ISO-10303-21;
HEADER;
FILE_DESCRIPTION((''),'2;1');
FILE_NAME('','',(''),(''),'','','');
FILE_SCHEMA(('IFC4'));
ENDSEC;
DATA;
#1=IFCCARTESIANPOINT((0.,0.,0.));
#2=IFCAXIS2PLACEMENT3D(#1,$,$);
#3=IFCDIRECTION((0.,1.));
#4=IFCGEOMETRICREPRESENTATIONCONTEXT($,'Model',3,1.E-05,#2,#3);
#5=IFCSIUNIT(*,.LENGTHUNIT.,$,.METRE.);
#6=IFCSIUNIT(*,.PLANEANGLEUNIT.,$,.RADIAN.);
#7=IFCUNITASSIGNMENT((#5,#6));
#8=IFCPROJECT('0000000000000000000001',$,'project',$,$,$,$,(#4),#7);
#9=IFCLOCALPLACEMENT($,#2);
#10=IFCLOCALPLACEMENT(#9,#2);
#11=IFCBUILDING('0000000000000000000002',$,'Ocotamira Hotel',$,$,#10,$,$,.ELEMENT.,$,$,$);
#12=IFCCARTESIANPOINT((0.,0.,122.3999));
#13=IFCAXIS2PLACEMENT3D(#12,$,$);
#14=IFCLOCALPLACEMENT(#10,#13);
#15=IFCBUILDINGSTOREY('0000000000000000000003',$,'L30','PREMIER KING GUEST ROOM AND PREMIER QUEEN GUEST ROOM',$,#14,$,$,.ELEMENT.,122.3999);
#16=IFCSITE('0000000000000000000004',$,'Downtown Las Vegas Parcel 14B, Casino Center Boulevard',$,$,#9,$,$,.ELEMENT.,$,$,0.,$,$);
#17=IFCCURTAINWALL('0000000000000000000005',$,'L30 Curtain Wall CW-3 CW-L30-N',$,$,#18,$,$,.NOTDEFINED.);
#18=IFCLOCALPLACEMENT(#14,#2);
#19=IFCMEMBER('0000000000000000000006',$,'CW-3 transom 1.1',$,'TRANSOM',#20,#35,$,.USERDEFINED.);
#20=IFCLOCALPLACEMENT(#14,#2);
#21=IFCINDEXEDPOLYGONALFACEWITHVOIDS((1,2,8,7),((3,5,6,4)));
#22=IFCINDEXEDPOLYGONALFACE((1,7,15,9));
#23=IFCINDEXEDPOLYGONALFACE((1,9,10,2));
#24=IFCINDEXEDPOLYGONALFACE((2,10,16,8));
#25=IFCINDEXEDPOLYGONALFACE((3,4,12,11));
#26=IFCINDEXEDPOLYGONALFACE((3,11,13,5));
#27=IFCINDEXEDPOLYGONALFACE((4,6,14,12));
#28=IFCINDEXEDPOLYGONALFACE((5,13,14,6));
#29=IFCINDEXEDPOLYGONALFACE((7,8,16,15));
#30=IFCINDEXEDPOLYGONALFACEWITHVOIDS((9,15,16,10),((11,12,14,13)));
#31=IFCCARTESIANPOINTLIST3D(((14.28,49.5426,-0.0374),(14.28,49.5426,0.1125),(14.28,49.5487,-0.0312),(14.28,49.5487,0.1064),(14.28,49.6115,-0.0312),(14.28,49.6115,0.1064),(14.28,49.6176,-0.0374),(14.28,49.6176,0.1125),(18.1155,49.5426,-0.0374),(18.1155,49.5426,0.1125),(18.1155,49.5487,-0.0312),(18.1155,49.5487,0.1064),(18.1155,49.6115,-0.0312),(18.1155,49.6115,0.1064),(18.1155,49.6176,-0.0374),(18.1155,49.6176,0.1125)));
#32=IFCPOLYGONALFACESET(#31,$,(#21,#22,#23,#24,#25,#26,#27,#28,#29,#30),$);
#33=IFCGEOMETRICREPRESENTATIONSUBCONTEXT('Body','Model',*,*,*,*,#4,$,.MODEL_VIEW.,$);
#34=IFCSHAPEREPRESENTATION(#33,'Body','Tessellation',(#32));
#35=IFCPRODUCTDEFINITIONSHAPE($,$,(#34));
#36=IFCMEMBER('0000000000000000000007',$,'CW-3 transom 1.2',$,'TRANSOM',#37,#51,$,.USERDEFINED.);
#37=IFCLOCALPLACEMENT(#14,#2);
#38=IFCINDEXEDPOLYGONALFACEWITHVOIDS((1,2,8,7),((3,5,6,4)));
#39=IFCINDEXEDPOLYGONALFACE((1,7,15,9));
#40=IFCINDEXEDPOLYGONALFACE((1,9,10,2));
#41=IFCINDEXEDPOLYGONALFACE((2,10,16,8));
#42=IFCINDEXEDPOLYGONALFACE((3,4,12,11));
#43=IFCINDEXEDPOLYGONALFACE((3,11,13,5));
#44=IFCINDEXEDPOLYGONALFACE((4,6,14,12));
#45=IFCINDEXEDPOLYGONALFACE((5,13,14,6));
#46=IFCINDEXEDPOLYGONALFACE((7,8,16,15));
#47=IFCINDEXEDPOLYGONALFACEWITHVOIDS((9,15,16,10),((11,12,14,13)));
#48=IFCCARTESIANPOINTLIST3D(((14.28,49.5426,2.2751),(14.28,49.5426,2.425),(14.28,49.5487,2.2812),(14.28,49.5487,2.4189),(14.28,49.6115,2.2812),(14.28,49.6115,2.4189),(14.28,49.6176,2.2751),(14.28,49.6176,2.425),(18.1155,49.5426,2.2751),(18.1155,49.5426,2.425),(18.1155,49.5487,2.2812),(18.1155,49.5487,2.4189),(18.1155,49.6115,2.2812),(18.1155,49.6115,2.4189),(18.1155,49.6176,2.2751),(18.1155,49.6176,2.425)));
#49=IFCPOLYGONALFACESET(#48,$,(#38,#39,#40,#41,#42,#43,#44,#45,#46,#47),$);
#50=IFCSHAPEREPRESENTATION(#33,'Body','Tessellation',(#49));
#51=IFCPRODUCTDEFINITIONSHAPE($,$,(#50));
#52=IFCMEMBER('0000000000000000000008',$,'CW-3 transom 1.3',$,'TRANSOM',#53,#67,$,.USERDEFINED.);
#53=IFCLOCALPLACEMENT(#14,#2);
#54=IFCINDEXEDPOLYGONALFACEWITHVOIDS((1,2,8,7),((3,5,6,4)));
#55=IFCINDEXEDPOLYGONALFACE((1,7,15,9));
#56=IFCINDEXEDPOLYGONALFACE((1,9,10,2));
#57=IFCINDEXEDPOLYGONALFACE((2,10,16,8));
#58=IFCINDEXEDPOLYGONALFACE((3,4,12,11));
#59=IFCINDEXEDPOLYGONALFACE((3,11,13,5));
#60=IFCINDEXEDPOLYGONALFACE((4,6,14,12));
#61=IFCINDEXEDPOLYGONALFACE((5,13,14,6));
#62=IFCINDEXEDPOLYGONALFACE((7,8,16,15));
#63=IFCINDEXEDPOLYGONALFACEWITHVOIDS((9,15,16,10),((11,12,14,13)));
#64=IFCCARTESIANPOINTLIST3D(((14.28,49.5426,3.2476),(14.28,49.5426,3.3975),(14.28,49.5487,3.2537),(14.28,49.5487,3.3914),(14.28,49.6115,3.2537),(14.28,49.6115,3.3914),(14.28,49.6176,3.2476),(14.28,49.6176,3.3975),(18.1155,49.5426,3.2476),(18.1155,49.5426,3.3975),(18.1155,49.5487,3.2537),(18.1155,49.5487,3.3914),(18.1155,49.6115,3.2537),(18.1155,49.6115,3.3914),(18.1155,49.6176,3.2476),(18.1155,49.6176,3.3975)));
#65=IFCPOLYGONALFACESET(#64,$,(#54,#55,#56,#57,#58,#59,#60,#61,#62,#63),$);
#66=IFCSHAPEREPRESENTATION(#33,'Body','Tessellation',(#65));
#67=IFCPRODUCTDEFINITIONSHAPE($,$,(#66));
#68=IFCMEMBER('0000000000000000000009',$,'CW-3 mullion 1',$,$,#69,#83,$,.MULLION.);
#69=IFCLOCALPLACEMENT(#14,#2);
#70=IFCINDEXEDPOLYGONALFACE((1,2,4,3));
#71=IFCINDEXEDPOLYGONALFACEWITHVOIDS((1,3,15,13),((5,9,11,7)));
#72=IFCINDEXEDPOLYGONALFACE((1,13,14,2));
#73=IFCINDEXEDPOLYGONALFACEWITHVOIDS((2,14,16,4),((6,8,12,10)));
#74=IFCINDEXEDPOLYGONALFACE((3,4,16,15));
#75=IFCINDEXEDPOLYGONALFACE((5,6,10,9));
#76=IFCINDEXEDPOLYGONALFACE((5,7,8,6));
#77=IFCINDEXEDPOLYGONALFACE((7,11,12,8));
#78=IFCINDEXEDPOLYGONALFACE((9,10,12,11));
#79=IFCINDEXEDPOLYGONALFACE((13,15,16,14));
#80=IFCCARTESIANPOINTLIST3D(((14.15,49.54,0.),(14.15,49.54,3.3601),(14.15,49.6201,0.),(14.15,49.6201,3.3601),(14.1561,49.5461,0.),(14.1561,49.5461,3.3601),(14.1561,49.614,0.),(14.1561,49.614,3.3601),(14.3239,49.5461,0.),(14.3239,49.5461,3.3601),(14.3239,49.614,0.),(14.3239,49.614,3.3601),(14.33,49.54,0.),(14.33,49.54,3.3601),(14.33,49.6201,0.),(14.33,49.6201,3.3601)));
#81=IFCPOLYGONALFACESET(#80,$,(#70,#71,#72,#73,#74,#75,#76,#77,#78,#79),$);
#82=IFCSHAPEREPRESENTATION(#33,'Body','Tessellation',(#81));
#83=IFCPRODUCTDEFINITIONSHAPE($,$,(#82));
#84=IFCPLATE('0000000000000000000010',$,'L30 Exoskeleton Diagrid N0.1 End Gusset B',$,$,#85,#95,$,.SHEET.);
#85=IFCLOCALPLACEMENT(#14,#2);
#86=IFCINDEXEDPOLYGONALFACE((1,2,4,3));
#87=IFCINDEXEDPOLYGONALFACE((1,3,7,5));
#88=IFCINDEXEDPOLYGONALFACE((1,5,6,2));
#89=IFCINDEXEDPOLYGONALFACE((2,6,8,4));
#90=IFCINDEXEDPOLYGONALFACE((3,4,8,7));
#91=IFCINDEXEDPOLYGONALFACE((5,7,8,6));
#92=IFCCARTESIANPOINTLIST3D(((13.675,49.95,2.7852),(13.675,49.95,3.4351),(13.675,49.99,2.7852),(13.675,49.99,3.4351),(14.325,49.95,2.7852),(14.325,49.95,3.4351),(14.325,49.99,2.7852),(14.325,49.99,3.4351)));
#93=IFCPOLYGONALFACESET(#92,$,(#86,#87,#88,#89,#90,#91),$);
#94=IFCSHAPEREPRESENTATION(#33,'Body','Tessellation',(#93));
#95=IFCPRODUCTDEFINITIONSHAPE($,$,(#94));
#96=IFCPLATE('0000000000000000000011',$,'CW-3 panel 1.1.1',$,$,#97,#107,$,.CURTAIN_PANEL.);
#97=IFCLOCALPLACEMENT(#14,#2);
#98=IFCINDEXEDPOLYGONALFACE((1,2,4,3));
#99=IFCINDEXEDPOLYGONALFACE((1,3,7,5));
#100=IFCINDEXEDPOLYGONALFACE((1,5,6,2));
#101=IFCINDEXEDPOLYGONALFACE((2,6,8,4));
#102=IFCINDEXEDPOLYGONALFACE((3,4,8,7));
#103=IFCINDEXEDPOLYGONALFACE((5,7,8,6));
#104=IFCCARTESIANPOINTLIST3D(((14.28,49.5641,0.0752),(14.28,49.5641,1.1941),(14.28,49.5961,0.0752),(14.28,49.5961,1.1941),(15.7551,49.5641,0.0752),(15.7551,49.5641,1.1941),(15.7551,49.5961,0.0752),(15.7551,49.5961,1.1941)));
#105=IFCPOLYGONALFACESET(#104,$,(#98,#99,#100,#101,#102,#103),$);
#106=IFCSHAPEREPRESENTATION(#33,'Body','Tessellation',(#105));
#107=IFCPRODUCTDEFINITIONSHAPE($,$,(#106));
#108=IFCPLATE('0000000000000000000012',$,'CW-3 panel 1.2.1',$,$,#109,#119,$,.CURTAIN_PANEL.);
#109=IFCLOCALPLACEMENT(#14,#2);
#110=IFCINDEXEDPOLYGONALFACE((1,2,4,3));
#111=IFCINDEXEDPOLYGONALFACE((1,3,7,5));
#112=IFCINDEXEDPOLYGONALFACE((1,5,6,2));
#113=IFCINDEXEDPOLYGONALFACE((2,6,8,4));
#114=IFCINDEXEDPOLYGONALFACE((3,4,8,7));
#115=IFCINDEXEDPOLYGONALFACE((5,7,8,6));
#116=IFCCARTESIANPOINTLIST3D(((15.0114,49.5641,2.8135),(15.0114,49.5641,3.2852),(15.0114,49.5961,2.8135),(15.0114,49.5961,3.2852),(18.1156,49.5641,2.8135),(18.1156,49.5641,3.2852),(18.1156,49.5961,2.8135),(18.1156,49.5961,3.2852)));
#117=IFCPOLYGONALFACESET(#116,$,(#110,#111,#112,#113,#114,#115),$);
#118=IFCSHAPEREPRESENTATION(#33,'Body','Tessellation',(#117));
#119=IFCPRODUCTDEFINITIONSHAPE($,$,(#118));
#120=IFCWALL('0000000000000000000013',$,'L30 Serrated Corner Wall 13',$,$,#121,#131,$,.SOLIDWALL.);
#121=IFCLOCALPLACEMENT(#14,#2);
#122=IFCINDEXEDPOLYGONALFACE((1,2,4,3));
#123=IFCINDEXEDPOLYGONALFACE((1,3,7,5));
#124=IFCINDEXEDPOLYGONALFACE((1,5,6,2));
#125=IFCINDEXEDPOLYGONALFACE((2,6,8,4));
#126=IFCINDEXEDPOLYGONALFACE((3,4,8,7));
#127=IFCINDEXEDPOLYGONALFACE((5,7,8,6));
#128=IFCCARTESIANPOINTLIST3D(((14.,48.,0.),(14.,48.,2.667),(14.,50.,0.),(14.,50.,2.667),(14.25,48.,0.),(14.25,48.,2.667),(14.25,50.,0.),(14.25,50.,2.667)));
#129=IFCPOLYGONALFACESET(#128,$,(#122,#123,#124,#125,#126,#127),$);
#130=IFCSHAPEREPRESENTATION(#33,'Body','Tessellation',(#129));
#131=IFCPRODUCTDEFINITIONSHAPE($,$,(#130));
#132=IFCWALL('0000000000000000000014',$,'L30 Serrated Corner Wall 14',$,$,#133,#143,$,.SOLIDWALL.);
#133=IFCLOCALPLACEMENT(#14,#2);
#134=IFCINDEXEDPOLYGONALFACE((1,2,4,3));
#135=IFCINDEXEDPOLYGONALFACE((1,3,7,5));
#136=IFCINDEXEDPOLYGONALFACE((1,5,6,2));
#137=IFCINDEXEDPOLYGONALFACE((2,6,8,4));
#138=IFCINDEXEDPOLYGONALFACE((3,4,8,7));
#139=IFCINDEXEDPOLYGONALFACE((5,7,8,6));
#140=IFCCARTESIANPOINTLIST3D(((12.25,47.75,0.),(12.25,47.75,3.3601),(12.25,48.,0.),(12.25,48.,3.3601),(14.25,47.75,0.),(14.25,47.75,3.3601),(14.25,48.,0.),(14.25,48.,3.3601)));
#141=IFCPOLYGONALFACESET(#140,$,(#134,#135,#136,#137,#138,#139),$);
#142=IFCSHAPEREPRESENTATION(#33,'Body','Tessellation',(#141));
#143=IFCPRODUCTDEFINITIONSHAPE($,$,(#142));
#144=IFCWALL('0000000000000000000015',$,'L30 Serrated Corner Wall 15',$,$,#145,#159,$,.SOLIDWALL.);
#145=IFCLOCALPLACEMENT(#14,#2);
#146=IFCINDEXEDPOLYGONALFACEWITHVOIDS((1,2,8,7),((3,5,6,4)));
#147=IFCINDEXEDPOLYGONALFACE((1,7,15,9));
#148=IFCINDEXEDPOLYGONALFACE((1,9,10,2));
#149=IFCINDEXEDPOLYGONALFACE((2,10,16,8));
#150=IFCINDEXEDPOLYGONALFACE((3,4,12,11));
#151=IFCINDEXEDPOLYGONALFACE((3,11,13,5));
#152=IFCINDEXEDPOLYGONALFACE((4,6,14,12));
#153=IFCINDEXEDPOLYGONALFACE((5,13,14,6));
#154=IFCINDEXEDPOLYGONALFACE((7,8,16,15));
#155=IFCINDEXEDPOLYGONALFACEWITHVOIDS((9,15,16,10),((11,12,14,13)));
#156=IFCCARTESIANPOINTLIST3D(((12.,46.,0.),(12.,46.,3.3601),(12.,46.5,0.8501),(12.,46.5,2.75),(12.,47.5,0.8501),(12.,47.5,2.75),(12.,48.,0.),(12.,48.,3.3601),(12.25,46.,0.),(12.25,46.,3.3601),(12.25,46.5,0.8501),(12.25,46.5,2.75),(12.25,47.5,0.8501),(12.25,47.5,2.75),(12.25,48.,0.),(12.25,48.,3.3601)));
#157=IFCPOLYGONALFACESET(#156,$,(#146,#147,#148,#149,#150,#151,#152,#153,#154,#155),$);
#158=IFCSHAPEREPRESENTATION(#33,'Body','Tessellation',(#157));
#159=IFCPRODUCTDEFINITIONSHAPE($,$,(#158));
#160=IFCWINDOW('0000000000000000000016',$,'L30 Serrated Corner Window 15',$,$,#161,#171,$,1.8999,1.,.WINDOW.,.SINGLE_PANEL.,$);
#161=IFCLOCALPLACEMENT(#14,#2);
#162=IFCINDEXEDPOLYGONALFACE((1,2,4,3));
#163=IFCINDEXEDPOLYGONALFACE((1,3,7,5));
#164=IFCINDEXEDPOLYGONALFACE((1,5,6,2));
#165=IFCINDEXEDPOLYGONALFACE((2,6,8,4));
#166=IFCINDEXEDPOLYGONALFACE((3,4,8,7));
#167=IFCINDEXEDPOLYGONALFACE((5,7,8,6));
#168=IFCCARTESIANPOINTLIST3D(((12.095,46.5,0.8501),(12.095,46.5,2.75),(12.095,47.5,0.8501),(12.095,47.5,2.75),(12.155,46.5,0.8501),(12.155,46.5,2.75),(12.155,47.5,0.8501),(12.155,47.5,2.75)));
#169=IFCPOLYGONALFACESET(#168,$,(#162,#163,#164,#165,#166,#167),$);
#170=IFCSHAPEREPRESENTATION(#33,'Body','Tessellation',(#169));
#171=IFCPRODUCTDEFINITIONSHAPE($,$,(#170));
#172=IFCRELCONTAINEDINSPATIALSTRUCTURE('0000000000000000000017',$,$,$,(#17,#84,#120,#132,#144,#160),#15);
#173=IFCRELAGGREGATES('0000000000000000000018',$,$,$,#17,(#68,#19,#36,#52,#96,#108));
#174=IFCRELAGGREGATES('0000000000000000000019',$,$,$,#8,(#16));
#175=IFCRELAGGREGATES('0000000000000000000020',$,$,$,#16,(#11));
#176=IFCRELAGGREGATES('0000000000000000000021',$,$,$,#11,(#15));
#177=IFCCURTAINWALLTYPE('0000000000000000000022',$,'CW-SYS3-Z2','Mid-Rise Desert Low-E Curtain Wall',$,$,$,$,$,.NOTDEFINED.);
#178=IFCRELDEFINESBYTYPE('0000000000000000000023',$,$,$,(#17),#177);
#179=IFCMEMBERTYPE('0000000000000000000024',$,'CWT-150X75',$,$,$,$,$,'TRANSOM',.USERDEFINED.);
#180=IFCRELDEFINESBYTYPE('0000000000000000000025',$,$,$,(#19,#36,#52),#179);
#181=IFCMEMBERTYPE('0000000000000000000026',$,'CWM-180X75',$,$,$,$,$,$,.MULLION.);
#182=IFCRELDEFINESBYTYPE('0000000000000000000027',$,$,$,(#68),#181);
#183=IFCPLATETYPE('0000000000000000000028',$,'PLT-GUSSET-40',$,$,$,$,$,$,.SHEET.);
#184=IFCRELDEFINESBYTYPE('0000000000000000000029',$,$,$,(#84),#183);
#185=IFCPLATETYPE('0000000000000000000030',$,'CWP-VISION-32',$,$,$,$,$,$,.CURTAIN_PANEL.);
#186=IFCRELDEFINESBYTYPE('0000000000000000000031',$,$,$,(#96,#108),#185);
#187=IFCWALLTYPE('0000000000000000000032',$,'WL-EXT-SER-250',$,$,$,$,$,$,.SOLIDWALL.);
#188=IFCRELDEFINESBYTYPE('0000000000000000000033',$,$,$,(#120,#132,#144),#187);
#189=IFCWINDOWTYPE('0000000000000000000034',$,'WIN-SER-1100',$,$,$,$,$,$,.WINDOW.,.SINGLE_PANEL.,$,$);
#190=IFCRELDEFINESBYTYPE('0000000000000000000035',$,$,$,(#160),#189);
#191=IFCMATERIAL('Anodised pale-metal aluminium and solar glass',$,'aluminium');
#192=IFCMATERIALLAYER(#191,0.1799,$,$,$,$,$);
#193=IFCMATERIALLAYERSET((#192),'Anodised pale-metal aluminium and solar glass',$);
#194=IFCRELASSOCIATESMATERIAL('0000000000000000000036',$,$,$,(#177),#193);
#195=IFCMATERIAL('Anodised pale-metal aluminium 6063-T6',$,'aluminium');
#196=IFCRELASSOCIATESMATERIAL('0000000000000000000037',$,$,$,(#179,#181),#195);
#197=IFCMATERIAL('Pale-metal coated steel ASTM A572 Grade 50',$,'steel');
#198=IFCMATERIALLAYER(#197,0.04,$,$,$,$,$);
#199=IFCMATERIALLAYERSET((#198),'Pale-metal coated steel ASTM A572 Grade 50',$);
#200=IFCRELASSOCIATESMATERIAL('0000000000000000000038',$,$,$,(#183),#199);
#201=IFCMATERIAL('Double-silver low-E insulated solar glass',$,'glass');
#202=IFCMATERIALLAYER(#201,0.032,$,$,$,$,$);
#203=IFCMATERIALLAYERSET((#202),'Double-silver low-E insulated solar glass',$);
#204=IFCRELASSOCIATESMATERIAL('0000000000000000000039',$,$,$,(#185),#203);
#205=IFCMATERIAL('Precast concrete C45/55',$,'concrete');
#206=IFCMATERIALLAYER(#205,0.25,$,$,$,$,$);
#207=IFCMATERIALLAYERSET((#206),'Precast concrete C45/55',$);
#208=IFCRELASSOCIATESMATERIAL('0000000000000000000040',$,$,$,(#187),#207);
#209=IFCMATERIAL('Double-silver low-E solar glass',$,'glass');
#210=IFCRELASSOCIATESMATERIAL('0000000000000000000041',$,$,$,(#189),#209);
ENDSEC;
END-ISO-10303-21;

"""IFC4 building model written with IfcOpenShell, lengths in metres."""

from ifc_helpers import new_model, si_unit, direction, frame, frame_2d, origin, origin_2d, place, context, subcontext, project, spatial, rectangle, hollow_rectangle, extrude, source, transform, mapped, material, layer, layer_set, material_profile, profile_set, type_object, element, fill, aggregate, save


model = new_model("IFC4")

# Units and contexts
model_context = context("Model", 3, precision=1e-05, world=origin(), true_north=direction((0.0, 1.0)))
body_context = subcontext(model_context, "Body", "Model", "MODEL_VIEW")
ifc_project = project(units=[si_unit("LENGTHUNIT", "METRE"), si_unit("PLANEANGLEUNIT", "RADIAN")], contexts=[model_context])

# Site, building, storey
site_placement = place(None, origin())
site = spatial("IfcSite", under=ifc_project, at=site_placement, Name="Downtown Las Vegas Parcel 14B, Casino Center Boulevard", CompositionType="ELEMENT", RefElevation=0.0)
building_placement = place(site_placement, origin())
building = spatial("IfcBuilding", under=site, at=building_placement, Name="Ocotamira Hotel", CompositionType="ELEMENT")
storey_placement = place(building_placement, frame((0.0, 0.0, 122.3999)))
storey = spatial("IfcBuildingStorey", under=building, at=storey_placement, Name="L30", Description="PREMIER KING GUEST ROOM AND PREMIER QUEEN GUEST ROOM", CompositionType="ELEMENT", Elevation=122.3999)

# Curtain wall, members
ifc_material_1 = material(Name="Anodised pale-metal aluminium and solar glass", Category="aluminium")
ifc_layer_1 = layer(ifc_material_1, 0.1799)
ifc_layer_set_1 = layer_set([ifc_layer_1], Name="Anodised pale-metal aluminium and solar glass")
curtain_wall_type = type_object("IfcCurtainWallType", Name="CW-SYS3-Z2", Description="Mid-Rise Desert Low-E Curtain Wall", PredefinedType="NOTDEFINED", material=ifc_layer_set_1)
curtain_wall_placement = place(storey_placement, origin())
curtain_wall = element("IfcCurtainWall", 1, at=curtain_wall_placement, inside=storey, type_object=curtain_wall_type, Name="L30 Curtain Wall CW-3 CW-L30-N", PredefinedType="NOTDEFINED")
ifc_material_2 = material(Name="Anodised pale-metal aluminium 6063-T6", Category="aluminium")
ifc_material_profile_1 = material_profile(ifc_material_2, hollow_rectangle(XDim=0.075, YDim=0.1499, WallThickness=0.0061, at=origin_2d()), Name="HSS150X75X6")
ifc_profile_set_1 = profile_set([ifc_material_profile_1], Name="Anodised pale-metal aluminium 6063-T6")
member_type_1 = type_object("IfcMemberType", Name="CWT-150X75", ElementType="TRANSOM", PredefinedType="USERDEFINED", material=ifc_profile_set_1)
shared_shape_1 = source(origin(), body_context, "Body", "SweptSolid", [
    extrude(hollow_rectangle(XDim=0.075, YDim=0.1499, WallThickness=0.0061, at=origin_2d()), origin(), (0.0, 0.0, 1.0), 3.8354),
])
member_1_placement = place(storey_placement, frame((14.28, 49.5801, 0.0376), z_axis=(1.0, 0.0, 0.0), x_axis=(0.0, 1.0, 0.0)))
member_1 = element("IfcMember", 2, at=member_1_placement, type_object=member_type_1, Name="CW-3 transom 1.1", ObjectType="TRANSOM", PredefinedType="USERDEFINED", context=body_context, shape_type="MappedRepresentation", body=[
    mapped(shared_shape_1, transform((0.0, 0.0, 0.0), scale=1.0)),
])
member_2_placement = place(storey_placement, frame((14.28, 49.5801, 2.3501), z_axis=(1.0, 0.0, 0.0), x_axis=(0.0, 1.0, 0.0)))
member_2 = element("IfcMember", 3, at=member_2_placement, type_object=member_type_1, Name="CW-3 transom 1.2", ObjectType="TRANSOM", PredefinedType="USERDEFINED", context=body_context, shape_type="MappedRepresentation", body=[
    mapped(shared_shape_1, transform((0.0, 0.0, 0.0), scale=1.0)),
])
member_3_placement = place(storey_placement, frame((14.28, 49.5801, 3.3225), z_axis=(1.0, 0.0, 0.0), x_axis=(0.0, 1.0, 0.0)))
member_3 = element("IfcMember", 4, at=member_3_placement, type_object=member_type_1, Name="CW-3 transom 1.3", ObjectType="TRANSOM", PredefinedType="USERDEFINED", context=body_context, shape_type="MappedRepresentation", body=[
    mapped(shared_shape_1, transform((0.0, 0.0, 0.0), scale=1.0)),
])
ifc_material_profile_2 = material_profile(ifc_material_2, hollow_rectangle(XDim=0.0801, YDim=0.1799, WallThickness=0.0061, at=origin_2d()), Name="HSS180X80X6")
ifc_profile_set_2 = profile_set([ifc_material_profile_2], Name="Anodised pale-metal aluminium 6063-T6")
member_type_2 = type_object("IfcMemberType", Name="CWM-180X75", PredefinedType="MULLION", material=ifc_profile_set_2)
shared_shape_2 = source(origin(), body_context, "Body", "SweptSolid", [
    extrude(hollow_rectangle(XDim=0.0801, YDim=0.1799, WallThickness=0.0061, at=origin_2d()), origin(), (0.0, 0.0, 1.0), 3.3601),
])
member_4_placement = place(storey_placement, frame((14.24, 49.5801, 0.0), z_axis=(0.0, 0.0, 1.0), x_axis=(0.0, 1.0, 0.0)))
member_4 = element("IfcMember", 5, at=member_4_placement, type_object=member_type_2, Name="CW-3 mullion 1", PredefinedType="MULLION", context=body_context, shape_type="MappedRepresentation", body=[
    mapped(shared_shape_2, transform((0.0, 0.0, 0.0), scale=1.0)),
])

# Plates
ifc_material_3 = material(Name="Pale-metal coated steel ASTM A572 Grade 50", Category="steel")
ifc_layer_2 = layer(ifc_material_3, 0.04)
ifc_layer_set_2 = layer_set([ifc_layer_2], Name="Pale-metal coated steel ASTM A572 Grade 50")
plate_type_1 = type_object("IfcPlateType", Name="PLT-GUSSET-40", PredefinedType="SHEET", material=ifc_layer_set_2)
shared_shape_3 = source(origin(), body_context, "Body", "SweptSolid", [
    extrude(rectangle(XDim=0.6499, YDim=0.04, at=origin_2d()), origin(), (0.0, 0.0, 1.0), 0.6499),
])
plate_1_placement = place(storey_placement, frame((14.0, 49.97, 2.7852), z_axis=(0.0, 0.0, 1.0), x_axis=(-1.0, 0.0, 0.0)))
element("IfcPlate", 6, at=plate_1_placement, inside=storey, type_object=plate_type_1, Name="L30 Exoskeleton Diagrid N0.1 End Gusset B", PredefinedType="SHEET", context=body_context, shape_type="MappedRepresentation", body=[
    mapped(shared_shape_3, transform((0.0, 0.0, 0.0), scale=1.0)),
])
ifc_material_4 = material(Name="Double-silver low-E insulated solar glass", Category="glass")
ifc_layer_3 = layer(ifc_material_4, 0.032)
ifc_layer_set_3 = layer_set([ifc_layer_3], Name="Double-silver low-E insulated solar glass")
plate_type_2 = type_object("IfcPlateType", Name="CWP-VISION-32", PredefinedType="CURTAIN_PANEL", material=ifc_layer_set_3)
shared_shape_4 = source(origin(), body_context, "Body", "SweptSolid", [
    extrude(rectangle(XDim=1.4751, YDim=0.032, at=origin_2d()), origin(), (0.0, 0.0, 1.0), 1.1189),
])
plate_2_placement = place(storey_placement, frame((15.0176, 49.5801, 0.0752), z_axis=(0.0, 0.0, 1.0), x_axis=(1.0, 0.0, 0.0)))
plate_2 = element("IfcPlate", 7, at=plate_2_placement, type_object=plate_type_2, Name="CW-3 panel 1.1.1", PredefinedType="CURTAIN_PANEL", context=body_context, shape_type="MappedRepresentation", body=[
    mapped(shared_shape_4, transform((0.0, 0.0, 0.0), scale=1.0)),
])
shared_shape_5 = source(origin(), body_context, "Body", "SweptSolid", [
    extrude(rectangle(XDim=3.1042, YDim=0.032, at=origin_2d()), origin(), (0.0, 0.0, 1.0), 0.4717),
])
plate_3_placement = place(storey_placement, frame((16.5635, 49.5801, 2.8135), z_axis=(0.0, 0.0, 1.0), x_axis=(1.0, 0.0, 0.0)))
plate_3 = element("IfcPlate", 8, at=plate_3_placement, type_object=plate_type_2, Name="CW-3 panel 1.2.1", PredefinedType="CURTAIN_PANEL", context=body_context, shape_type="MappedRepresentation", body=[
    mapped(shared_shape_5, transform((0.0, 0.0, 0.0), scale=1.0)),
])
aggregate(curtain_wall, [member_4, member_1, member_2, member_3, plate_2, plate_3])

# Walls
ifc_material_5 = material(Name="Precast concrete C45/55", Category="concrete")
ifc_layer_4 = layer(ifc_material_5, 0.25)
ifc_layer_set_4 = layer_set([ifc_layer_4], Name="Precast concrete C45/55")
wall_type = type_object("IfcWallType", Name="WL-EXT-SER-250", PredefinedType="SOLIDWALL", material=ifc_layer_set_4)
wall_1_placement = place(storey_placement, frame((14.125, 50.0, 0.0), z_axis=(0.0, 0.0, 1.0), x_axis=(0.0, -1.0, 0.0)))
element("IfcWall", 9, at=wall_1_placement, inside=storey, type_object=wall_type, Name="L30 Serrated Corner Wall 13", PredefinedType="SOLIDWALL", context=body_context, shape_type="SweptSolid", body=[
    extrude(rectangle(XDim=2.0, YDim=0.25, at=frame_2d((1.0, 0.0))), origin(), (0.0, 0.0, 1.0), 2.667),
])
wall_2_placement = place(storey_placement, frame((14.25, 47.875, 0.0), z_axis=(0.0, 0.0, 1.0), x_axis=(-1.0, 0.0, 0.0)))
element("IfcWall", 10, at=wall_2_placement, inside=storey, type_object=wall_type, Name="L30 Serrated Corner Wall 14", PredefinedType="SOLIDWALL", context=body_context, shape_type="SweptSolid", body=[
    extrude(rectangle(XDim=2.0, YDim=0.25, at=frame_2d((1.0, 0.0))), origin(), (0.0, 0.0, 1.0), 3.3601),
])

# Wall, opening, window
wall_3_placement = place(storey_placement, frame((12.125, 48.0, 0.0), z_axis=(0.0, 0.0, 1.0), x_axis=(0.0, -1.0, 0.0)))
wall_3 = element("IfcWall", 11, at=wall_3_placement, inside=storey, type_object=wall_type, Name="L30 Serrated Corner Wall 15", PredefinedType="SOLIDWALL", context=body_context, shape_type="SweptSolid", body=[
    extrude(rectangle(XDim=2.0, YDim=0.25, at=frame_2d((1.0, 0.0))), origin(), (0.0, 0.0, 1.0), 3.3601),
])
opening_placement = place(wall_3_placement, frame((0.5, 0.0, 0.8501)))
opening = element("IfcOpeningElement", 12, at=opening_placement, cuts=wall_3, PredefinedType="OPENING", context=body_context, shape_type="SweptSolid", body=[
    extrude(rectangle(XDim=1.0, YDim=1.8999, at=frame_2d((0.5, 0.95))), frame((0.0, 0.135, 0.0), z_axis=(0.0, -1.0, 0.0), x_axis=(1.0, 0.0, 0.0)), (0.0, 0.0, 1.0), 0.27),
])
ifc_material_6 = material(Name="Double-silver low-E solar glass", Category="glass")
window_type = type_object("IfcWindowType", Name="WIN-SER-1100", PartitioningType="SINGLE_PANEL", PredefinedType="WINDOW", material=ifc_material_6)
shared_shape_6 = source(origin(), body_context, "Body", "SweptSolid", [
    extrude(rectangle(XDim=1.0, YDim=1.8999, at=frame_2d((0.5, 0.95))), frame((0.0, 0.03, 0.0), z_axis=(0.0, -1.0, 0.0), x_axis=(1.0, 0.0, 0.0)), (0.0, 0.0, 1.0), 0.0601),
])
window_placement = place(opening_placement, origin())
window = element("IfcWindow", 13, at=window_placement, inside=storey, type_object=window_type, Name="L30 Serrated Corner Window 15", OverallHeight=1.8999, OverallWidth=1.0, PartitioningType="SINGLE_PANEL", PredefinedType="WINDOW", context=body_context, shape_type="MappedRepresentation", body=[
    mapped(shared_shape_6, transform((0.0, 0.0, 0.0), scale=1.0)),
])
fill(opening, window)

save(model, "model.ifc")
